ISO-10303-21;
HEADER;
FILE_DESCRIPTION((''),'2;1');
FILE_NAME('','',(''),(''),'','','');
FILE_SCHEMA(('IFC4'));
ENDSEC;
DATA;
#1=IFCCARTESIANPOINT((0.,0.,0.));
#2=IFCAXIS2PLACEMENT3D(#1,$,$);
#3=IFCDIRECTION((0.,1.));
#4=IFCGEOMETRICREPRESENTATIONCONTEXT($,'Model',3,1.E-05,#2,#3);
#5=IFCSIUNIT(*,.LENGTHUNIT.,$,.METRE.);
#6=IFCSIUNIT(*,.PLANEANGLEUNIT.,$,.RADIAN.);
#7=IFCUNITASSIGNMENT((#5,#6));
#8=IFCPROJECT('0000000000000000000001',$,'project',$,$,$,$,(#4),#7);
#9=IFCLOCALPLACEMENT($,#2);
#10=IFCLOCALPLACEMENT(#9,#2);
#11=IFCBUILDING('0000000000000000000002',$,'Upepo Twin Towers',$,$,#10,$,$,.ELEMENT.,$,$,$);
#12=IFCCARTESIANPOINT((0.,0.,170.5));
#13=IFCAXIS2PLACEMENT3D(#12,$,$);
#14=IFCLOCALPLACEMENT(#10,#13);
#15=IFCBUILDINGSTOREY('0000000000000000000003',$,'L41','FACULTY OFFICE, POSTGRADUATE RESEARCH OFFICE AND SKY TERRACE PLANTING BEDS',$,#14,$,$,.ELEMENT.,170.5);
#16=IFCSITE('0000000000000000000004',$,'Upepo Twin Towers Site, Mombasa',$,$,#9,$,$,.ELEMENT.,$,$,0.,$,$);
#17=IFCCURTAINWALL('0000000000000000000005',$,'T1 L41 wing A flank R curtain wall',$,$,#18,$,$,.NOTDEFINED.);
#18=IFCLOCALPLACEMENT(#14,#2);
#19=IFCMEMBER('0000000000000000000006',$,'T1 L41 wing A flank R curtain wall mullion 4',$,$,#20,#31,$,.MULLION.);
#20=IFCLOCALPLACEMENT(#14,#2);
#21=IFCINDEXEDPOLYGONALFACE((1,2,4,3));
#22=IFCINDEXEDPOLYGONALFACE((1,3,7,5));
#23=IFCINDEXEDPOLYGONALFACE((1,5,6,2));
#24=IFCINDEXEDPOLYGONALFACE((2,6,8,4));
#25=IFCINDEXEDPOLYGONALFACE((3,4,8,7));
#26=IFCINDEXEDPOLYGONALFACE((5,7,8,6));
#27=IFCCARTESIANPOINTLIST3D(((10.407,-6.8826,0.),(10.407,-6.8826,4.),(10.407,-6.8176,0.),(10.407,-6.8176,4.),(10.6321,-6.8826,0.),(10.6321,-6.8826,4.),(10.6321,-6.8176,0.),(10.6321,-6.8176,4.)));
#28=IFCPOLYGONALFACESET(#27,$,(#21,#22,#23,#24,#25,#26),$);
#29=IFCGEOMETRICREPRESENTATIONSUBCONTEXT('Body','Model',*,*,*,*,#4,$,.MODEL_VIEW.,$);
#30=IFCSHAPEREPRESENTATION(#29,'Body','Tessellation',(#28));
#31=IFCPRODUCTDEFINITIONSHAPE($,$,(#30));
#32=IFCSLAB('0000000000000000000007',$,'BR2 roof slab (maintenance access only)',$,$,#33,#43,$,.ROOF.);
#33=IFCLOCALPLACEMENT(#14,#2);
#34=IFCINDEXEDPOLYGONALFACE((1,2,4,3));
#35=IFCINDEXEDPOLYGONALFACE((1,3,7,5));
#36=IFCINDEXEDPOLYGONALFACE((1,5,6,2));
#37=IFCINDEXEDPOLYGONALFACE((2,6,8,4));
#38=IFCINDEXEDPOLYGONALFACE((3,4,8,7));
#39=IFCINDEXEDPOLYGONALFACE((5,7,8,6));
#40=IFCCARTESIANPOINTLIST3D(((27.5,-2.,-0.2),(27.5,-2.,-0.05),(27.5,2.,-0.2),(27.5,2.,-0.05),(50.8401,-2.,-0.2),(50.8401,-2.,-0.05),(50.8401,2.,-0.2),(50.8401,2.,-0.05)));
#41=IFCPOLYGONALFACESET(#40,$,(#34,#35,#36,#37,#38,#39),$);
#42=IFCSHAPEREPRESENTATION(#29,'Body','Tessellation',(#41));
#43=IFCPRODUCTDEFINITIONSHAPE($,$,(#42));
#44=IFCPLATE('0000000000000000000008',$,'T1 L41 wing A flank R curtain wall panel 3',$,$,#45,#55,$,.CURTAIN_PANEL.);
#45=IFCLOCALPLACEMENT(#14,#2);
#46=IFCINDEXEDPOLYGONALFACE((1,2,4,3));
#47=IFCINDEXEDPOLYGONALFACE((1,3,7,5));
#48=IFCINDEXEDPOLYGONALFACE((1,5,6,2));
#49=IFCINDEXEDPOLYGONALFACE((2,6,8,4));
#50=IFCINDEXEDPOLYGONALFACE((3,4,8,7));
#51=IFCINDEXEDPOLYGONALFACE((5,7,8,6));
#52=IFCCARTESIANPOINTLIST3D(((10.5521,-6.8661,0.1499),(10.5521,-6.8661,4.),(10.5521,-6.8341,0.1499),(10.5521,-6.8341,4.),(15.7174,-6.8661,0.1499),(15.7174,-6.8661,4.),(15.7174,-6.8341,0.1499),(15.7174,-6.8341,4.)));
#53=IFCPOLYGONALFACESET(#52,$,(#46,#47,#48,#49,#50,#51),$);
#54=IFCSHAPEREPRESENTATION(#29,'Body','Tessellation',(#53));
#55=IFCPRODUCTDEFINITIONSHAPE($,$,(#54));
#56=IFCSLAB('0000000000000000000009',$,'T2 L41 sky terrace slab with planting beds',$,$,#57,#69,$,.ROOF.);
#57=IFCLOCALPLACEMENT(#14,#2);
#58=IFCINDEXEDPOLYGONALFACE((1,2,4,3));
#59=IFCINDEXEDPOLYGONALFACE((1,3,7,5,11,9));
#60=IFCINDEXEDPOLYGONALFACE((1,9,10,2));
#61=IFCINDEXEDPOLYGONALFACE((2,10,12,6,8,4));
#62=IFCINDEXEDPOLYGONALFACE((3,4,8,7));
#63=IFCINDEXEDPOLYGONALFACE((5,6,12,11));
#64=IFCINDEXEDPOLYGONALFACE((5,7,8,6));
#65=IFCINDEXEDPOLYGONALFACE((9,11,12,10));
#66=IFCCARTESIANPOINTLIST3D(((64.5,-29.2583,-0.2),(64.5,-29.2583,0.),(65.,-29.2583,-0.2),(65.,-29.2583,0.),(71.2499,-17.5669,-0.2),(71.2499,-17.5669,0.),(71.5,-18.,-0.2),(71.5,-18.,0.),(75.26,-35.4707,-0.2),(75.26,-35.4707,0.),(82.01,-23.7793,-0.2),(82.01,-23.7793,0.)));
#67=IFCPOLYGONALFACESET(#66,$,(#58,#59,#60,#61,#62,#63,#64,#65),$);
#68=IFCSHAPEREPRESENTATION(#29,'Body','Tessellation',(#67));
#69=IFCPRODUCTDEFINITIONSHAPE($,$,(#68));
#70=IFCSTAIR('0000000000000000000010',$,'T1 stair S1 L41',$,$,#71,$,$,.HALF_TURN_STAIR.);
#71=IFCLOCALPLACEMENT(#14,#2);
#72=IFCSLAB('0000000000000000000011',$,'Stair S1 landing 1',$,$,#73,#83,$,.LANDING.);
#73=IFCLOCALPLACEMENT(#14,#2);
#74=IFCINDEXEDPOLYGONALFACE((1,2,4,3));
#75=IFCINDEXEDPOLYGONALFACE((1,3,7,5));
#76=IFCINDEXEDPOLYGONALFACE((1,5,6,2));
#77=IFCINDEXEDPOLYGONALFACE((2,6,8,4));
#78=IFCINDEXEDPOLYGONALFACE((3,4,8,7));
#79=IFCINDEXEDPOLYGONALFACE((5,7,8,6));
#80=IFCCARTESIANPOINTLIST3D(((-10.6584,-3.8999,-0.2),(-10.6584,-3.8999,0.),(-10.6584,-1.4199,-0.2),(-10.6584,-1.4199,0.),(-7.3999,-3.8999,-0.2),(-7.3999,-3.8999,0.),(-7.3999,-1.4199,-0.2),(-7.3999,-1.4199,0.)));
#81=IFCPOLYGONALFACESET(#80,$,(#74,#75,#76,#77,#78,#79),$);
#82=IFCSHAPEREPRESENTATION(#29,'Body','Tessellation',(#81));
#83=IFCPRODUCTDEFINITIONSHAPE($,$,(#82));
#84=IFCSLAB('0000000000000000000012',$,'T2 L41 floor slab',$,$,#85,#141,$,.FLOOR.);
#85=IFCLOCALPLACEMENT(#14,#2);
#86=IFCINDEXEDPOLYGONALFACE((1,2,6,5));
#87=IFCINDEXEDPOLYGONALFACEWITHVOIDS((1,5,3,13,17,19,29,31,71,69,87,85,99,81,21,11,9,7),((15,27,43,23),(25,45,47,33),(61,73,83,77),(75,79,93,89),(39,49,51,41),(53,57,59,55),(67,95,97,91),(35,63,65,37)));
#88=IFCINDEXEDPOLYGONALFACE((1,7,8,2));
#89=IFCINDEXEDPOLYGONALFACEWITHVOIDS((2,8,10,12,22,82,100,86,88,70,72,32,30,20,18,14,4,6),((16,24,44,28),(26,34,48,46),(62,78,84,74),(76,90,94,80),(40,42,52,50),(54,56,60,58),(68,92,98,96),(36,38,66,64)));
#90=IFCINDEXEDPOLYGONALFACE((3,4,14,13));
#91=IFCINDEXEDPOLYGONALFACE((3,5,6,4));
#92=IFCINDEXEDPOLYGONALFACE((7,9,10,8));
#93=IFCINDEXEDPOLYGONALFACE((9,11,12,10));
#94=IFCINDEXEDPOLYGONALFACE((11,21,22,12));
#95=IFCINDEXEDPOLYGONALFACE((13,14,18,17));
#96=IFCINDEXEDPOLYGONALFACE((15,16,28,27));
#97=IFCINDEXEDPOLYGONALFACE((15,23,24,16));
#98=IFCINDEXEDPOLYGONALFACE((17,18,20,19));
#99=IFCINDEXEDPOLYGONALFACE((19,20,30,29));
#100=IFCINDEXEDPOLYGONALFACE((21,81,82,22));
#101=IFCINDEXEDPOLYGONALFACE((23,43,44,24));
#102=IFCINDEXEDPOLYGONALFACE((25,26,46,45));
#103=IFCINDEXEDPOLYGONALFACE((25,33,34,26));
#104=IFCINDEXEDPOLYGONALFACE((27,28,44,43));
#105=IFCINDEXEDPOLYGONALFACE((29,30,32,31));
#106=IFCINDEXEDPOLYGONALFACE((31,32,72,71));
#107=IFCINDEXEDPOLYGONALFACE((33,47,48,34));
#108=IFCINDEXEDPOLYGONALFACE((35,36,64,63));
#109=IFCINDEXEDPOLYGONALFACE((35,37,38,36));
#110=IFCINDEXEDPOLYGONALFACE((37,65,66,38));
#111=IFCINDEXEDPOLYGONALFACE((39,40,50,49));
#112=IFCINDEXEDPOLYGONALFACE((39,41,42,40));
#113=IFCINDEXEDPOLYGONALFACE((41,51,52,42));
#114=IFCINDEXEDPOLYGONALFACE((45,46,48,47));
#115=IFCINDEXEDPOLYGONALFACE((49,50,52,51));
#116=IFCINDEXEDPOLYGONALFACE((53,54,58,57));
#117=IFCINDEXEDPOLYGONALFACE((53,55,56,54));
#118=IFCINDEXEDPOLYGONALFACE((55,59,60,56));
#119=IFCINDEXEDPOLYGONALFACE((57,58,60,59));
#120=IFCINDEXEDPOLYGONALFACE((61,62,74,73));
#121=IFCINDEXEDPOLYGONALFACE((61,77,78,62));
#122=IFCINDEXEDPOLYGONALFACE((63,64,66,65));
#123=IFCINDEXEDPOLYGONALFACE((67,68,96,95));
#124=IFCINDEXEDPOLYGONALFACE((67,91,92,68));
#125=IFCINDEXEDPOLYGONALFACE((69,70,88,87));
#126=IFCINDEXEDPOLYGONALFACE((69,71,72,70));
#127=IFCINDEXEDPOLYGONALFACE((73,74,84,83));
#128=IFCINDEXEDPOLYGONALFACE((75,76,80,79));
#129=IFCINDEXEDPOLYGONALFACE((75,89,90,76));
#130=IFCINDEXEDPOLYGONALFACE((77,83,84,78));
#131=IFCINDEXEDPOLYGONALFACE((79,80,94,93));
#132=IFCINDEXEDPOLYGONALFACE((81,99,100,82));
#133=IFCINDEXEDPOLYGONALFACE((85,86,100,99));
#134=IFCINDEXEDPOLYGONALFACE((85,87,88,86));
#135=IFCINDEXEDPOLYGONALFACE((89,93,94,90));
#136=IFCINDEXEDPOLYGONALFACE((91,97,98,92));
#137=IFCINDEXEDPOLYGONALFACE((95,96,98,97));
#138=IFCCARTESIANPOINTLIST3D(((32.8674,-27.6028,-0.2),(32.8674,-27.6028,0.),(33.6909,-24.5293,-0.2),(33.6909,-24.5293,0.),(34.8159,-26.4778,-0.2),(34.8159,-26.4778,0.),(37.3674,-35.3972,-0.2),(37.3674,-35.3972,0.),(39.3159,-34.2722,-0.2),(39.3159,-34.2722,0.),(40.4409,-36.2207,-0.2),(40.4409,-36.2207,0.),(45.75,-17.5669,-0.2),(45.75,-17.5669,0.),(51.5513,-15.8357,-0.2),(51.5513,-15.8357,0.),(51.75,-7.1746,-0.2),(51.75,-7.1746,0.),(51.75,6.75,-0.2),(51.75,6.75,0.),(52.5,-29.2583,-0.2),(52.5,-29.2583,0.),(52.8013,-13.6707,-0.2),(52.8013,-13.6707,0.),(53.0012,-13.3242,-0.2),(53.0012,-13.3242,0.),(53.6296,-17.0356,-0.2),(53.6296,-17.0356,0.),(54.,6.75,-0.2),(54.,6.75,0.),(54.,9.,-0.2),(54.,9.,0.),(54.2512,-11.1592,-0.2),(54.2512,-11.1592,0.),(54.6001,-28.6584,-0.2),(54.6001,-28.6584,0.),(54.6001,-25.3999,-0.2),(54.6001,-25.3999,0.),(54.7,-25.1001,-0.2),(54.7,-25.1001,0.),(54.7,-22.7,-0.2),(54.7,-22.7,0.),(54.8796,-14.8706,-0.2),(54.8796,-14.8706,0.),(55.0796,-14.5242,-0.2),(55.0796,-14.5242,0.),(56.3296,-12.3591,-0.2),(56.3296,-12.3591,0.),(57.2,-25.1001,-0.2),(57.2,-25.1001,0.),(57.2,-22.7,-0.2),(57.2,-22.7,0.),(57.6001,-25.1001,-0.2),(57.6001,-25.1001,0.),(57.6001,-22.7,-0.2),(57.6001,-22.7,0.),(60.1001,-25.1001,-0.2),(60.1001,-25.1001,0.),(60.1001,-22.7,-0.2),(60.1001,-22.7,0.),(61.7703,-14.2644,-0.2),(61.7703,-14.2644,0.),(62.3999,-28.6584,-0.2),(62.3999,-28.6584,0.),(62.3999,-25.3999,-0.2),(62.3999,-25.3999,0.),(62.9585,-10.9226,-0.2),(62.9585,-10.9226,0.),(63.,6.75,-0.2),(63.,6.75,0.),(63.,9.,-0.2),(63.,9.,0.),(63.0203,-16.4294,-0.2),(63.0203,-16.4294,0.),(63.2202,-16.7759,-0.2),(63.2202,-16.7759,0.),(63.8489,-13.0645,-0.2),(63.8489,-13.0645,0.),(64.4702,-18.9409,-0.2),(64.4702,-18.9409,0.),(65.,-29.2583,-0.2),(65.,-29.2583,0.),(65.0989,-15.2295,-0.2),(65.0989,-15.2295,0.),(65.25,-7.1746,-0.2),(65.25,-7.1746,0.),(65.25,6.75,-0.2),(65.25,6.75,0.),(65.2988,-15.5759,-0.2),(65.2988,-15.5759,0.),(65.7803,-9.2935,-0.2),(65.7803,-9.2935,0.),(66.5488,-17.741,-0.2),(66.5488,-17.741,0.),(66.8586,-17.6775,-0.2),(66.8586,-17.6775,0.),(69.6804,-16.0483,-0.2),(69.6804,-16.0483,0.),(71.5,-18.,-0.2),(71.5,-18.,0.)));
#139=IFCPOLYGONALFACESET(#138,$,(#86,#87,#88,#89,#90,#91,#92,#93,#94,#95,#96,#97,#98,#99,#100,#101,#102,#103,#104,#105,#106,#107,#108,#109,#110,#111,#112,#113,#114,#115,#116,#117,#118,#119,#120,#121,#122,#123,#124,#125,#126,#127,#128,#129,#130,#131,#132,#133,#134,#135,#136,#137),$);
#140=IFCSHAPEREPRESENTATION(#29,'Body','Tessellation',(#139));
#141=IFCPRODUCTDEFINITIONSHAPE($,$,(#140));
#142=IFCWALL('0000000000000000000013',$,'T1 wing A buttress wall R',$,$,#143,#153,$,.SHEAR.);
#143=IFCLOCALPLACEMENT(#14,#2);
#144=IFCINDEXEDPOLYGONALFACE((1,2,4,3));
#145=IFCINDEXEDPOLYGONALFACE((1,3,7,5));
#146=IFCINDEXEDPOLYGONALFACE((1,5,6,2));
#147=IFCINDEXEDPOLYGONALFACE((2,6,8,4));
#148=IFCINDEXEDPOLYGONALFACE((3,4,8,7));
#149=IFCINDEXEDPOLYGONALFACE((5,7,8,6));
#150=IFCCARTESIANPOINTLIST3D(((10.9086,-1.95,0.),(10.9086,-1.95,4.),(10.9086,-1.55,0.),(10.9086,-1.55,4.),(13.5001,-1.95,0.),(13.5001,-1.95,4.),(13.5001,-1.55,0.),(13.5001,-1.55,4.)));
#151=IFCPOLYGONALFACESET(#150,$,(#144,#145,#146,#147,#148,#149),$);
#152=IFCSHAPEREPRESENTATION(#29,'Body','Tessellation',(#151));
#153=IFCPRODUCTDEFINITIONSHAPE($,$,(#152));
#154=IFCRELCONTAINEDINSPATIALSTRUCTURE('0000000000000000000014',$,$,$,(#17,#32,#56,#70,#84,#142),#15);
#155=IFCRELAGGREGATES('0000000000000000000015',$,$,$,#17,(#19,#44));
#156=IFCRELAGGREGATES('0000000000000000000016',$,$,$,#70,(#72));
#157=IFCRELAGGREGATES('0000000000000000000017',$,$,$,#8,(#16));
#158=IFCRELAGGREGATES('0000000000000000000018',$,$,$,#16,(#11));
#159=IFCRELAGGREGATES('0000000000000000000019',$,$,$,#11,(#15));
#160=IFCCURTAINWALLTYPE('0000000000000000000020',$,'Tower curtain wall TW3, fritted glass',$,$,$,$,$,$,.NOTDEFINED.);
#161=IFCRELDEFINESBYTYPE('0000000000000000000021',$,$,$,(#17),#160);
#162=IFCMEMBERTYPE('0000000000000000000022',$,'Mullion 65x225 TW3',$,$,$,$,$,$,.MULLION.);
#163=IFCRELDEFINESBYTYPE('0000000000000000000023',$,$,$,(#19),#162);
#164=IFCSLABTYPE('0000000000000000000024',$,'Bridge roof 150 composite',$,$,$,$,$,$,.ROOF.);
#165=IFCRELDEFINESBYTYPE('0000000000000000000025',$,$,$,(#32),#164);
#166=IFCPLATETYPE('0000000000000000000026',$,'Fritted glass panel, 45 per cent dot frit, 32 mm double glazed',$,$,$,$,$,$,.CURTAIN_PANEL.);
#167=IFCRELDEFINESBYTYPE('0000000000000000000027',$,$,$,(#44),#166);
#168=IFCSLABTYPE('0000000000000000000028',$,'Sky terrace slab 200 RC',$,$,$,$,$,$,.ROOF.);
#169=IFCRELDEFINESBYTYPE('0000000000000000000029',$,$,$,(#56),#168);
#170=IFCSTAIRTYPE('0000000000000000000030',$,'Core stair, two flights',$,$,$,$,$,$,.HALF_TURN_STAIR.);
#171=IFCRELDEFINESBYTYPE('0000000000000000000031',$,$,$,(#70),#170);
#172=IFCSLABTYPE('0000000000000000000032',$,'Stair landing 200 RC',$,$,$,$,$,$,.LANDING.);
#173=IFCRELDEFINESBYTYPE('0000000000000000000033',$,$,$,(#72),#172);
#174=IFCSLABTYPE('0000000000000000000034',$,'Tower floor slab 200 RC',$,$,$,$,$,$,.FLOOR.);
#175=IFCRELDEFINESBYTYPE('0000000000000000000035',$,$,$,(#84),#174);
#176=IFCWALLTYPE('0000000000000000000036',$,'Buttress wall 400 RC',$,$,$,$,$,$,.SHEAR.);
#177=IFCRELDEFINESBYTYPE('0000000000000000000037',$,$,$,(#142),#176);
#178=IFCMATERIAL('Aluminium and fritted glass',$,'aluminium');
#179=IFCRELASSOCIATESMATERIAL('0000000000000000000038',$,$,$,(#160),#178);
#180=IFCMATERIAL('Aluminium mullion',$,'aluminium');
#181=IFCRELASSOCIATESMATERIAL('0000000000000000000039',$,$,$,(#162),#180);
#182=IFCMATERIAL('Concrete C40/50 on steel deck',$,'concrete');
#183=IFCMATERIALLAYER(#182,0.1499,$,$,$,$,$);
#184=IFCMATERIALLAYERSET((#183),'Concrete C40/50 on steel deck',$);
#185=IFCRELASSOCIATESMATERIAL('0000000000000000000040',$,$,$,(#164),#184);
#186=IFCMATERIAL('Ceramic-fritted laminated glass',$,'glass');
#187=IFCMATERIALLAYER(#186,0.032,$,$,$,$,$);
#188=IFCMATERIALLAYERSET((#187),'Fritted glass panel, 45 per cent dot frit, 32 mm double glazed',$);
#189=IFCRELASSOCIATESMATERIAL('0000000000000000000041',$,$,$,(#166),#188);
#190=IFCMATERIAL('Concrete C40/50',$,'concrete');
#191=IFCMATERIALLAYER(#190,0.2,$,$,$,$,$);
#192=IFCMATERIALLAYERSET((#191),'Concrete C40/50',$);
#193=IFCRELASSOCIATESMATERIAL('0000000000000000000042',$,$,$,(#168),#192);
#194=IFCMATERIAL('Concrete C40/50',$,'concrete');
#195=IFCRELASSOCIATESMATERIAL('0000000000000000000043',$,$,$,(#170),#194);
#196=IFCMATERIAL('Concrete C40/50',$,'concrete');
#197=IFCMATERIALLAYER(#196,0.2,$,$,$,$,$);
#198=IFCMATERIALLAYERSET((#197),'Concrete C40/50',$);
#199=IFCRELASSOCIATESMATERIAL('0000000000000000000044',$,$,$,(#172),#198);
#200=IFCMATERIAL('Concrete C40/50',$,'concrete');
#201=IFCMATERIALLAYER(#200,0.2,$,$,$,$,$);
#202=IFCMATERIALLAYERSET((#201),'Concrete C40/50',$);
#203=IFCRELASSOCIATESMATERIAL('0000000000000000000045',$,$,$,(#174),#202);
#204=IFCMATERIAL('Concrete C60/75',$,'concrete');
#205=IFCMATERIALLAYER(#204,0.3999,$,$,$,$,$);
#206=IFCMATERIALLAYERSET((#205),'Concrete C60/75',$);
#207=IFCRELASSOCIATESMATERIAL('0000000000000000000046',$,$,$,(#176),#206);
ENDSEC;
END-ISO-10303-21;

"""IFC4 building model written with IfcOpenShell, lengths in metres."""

from ifc_helpers import new_model, si_unit, direction, frame, frame_2d, origin, origin_2d, place, context, subcontext, project, spatial, polyline, rectangle, outline, extrude, material, layer, layer_set, material_profile, profile_set, type_object, element, aggregate, save


model = new_model("IFC4")

# Units and contexts
model_context = context("Model", 3, precision=1e-05, world=origin(), true_north=direction((0.0, 1.0)))
body_context = subcontext(model_context, "Body", "Model", "MODEL_VIEW")
ifc_project = project(units=[si_unit("LENGTHUNIT", "METRE"), si_unit("PLANEANGLEUNIT", "RADIAN")], contexts=[model_context])

# Site, building, storey
site_placement = place(None, origin())
site = spatial("IfcSite", under=ifc_project, at=site_placement, Name="Upepo Twin Towers Site, Mombasa", CompositionType="ELEMENT", RefElevation=0.0)
building_placement = place(site_placement, origin())
building = spatial("IfcBuilding", under=site, at=building_placement, Name="Upepo Twin Towers", CompositionType="ELEMENT")
storey_placement = place(building_placement, frame((0.0, 0.0, 170.5)))
storey = spatial("IfcBuildingStorey", under=building, at=storey_placement, Name="L41", Description="FACULTY OFFICE, POSTGRADUATE RESEARCH OFFICE AND SKY TERRACE PLANTING BEDS", CompositionType="ELEMENT", Elevation=170.5)

# Curtain wall, member
ifc_material_1 = material(Name="Aluminium and fritted glass", Category="aluminium")
curtain_wall_type = type_object("IfcCurtainWallType", Name="Tower curtain wall TW3, fritted glass", PredefinedType="NOTDEFINED", material=ifc_material_1)
curtain_wall_placement = place(storey_placement, origin())
curtain_wall = element("IfcCurtainWall", 1, at=curtain_wall_placement, inside=storey, type_object=curtain_wall_type, Name="T1 L41 wing A flank R curtain wall", PredefinedType="NOTDEFINED")
ifc_material_2 = material(Name="Aluminium mullion", Category="aluminium")
ifc_material_profile = material_profile(ifc_material_2, rectangle(XDim=0.0649, YDim=0.2251, at=origin_2d()), Name="MULLION 65x225")
ifc_profile_set = profile_set([ifc_material_profile], Name="Aluminium mullion")
member_type = type_object("IfcMemberType", Name="Mullion 65x225 TW3", PredefinedType="MULLION", material=ifc_profile_set)
member_placement = place(storey_placement, frame((10.5195, -6.8501, 0.0), z_axis=(0.0, 0.0, 1.0), x_axis=(0.0, -1.0, 0.0)))
member = element("IfcMember", 2, at=member_placement, type_object=member_type, Name="T1 L41 wing A flank R curtain wall mullion 4", PredefinedType="MULLION", context=body_context, shape_type="SweptSolid", body=[
    extrude(rectangle(XDim=0.0649, YDim=0.2251, at=origin_2d()), origin(), (0.0, 0.0, 1.0), 4.0),
])

# Slab
ifc_material_3 = material(Name="Concrete C40/50 on steel deck", Category="concrete")
ifc_layer_1 = layer(ifc_material_3, 0.1499)
ifc_layer_set_1 = layer_set([ifc_layer_1], Name="Concrete C40/50 on steel deck")
slab_type_1 = type_object("IfcSlabType", Name="Bridge roof 150 composite", PredefinedType="ROOF", material=ifc_layer_set_1)
slab_1_placement = place(storey_placement, frame((0.0, 0.0, -0.2)))
element("IfcSlab", 3, at=slab_1_placement, inside=storey, type_object=slab_type_1, Name="BR2 roof slab (maintenance access only)", PredefinedType="ROOF", context=body_context, shape_type="SweptSolid", body=[
    extrude(outline(polyline([(27.5, -2.0), (50.8401, -2.0), (50.8401, 2.0), (27.5, 2.0), (27.5, -2.0)])), origin(), (0.0, 0.0, 1.0), 0.1499),
])

# Plate
ifc_material_4 = material(Name="Ceramic-fritted laminated glass", Category="glass")
ifc_layer_2 = layer(ifc_material_4, 0.032)
ifc_layer_set_2 = layer_set([ifc_layer_2], Name="Fritted glass panel, 45 per cent dot frit, 32 mm double glazed")
plate_type = type_object("IfcPlateType", Name="Fritted glass panel, 45 per cent dot frit, 32 mm double glazed", PredefinedType="CURTAIN_PANEL", material=ifc_layer_set_2)
plate_placement = place(storey_placement, frame((13.1348, -6.8501, 0.1499), z_axis=(0.0, 0.0, 1.0), x_axis=(-1.0, 0.0, 0.0)))
plate = element("IfcPlate", 4, at=plate_placement, type_object=plate_type, Name="T1 L41 wing A flank R curtain wall panel 3", PredefinedType="CURTAIN_PANEL", context=body_context, shape_type="SweptSolid", body=[
    extrude(rectangle(XDim=5.1653, YDim=0.032, at=origin_2d()), origin(), (0.0, 0.0, 1.0), 3.8501),
])
aggregate(curtain_wall, [member, plate])

# Slab
ifc_material_5 = material(Name="Concrete C40/50", Category="concrete")
ifc_layer_3 = layer(ifc_material_5, 0.2)
ifc_layer_set_3 = layer_set([ifc_layer_3], Name="Concrete C40/50")
slab_type_2 = type_object("IfcSlabType", Name="Sky terrace slab 200 RC", PredefinedType="ROOF", material=ifc_layer_set_3)
slab_2_placement = place(storey_placement, frame((0.0, 0.0, -0.2)))
element("IfcSlab", 5, at=slab_2_placement, inside=storey, type_object=slab_type_2, Name="T2 L41 sky terrace slab with planting beds", PredefinedType="ROOF", context=body_context, shape_type="SweptSolid", body=[
    extrude(outline(polyline([(64.5, -29.2583), (65.0, -29.2583), (71.5, -18.0), (65.25, -7.1746), (71.25, -17.5669), (82.01, -23.7793), (75.26, -35.4707), (64.5, -29.2583)])), origin(), (0.0, 0.0, 1.0), 0.2),
])

# Stair, slab
ifc_material_6 = material(Name="Concrete C40/50", Category="concrete")
stair_type = type_object("IfcStairType", Name="Core stair, two flights", PredefinedType="HALF_TURN_STAIR", material=ifc_material_6)
stair_1_placement = place(storey_placement, origin())
stair_1 = element("IfcStair", 6, at=stair_1_placement, inside=storey, type_object=stair_type, Name="T1 stair S1 L41", PredefinedType="HALF_TURN_STAIR")
ifc_material_7 = material(Name="Concrete C40/50", Category="concrete")
ifc_layer_4 = layer(ifc_material_7, 0.2)
ifc_layer_set_4 = layer_set([ifc_layer_4], Name="Concrete C40/50")
slab_type_3 = type_object("IfcSlabType", Name="Stair landing 200 RC", PredefinedType="LANDING", material=ifc_layer_set_4)
slab_3_placement = place(storey_placement, frame((0.0, 0.0, -0.2)))
slab_3 = element("IfcSlab", 7, at=slab_3_placement, type_object=slab_type_3, Name="Stair S1 landing 1", PredefinedType="LANDING", context=body_context, shape_type="SweptSolid", body=[
    extrude(outline(polyline([(-7.3999, -1.4199), (-10.6584, -1.4199), (-10.6584, -3.8999), (-7.3999, -3.8999), (-7.3999, -1.4199)])), origin(), (0.0, 0.0, 1.0), 0.2),
])
aggregate(stair_1, [slab_3])

# Slab
ifc_material_8 = material(Name="Concrete C40/50", Category="concrete")
ifc_layer_5 = layer(ifc_material_8, 0.2)
ifc_layer_set_5 = layer_set([ifc_layer_5], Name="Concrete C40/50")
slab_type_4 = type_object("IfcSlabType", Name="Tower floor slab 200 RC", PredefinedType="FLOOR", material=ifc_layer_set_5)
slab_4_placement = place(storey_placement, frame((0.0, 0.0, -0.2)))
element("IfcSlab", 8, at=slab_4_placement, inside=storey, type_object=slab_type_4, Name="T2 L41 floor slab", PredefinedType="FLOOR", context=body_context, shape_type="SweptSolid", body=[
    extrude(outline(polyline([(51.75, -7.1746), (51.75, 6.75), (54.0, 6.75), (54.0, 9.0), (63.0, 9.0), (63.0, 6.75), (65.25, 6.75), (65.25, -7.1746), (71.5, -18.0), (65.0, -29.2583), (52.5, -29.2583), (40.4409, -36.2207), (39.3159, -34.2722), (37.3674, -35.3972), (32.8674, -27.6028), (34.8159, -26.4778), (33.6909, -24.5293), (45.75, -17.5669), (51.75, -7.1746)]), holes=[polyline([(56.3296, -12.3591), (54.2512, -11.1592), (53.0012, -13.3242), (55.0796, -14.5242), (56.3296, -12.3591)]), polyline([(54.8796, -14.8706), (52.8013, -13.6707), (51.5513, -15.8357), (53.6296, -17.0356), (54.8796, -14.8706)]), polyline([(54.7, -22.7), (54.7, -25.1001), (57.2, -25.1001), (57.2, -22.7), (54.7, -22.7)]), polyline([(57.6001, -22.7), (57.6001, -25.1001), (60.1001, -25.1001), (60.1001, -22.7), (57.6001, -22.7)]), polyline([(54.6001, -25.3999), (54.6001, -28.6584), (62.3999, -28.6584), (62.3999, -25.3999), (54.6001, -25.3999)]), polyline([(64.4702, -18.9409), (66.5488, -17.741), (65.2988, -15.5759), (63.2202, -16.7759), (64.4702, -18.9409)]), polyline([(63.0203, -16.4294), (65.0989, -15.2295), (63.8489, -13.0645), (61.7703, -14.2644), (63.0203, -16.4294)]), polyline([(66.8586, -17.6775), (69.6804, -16.0483), (65.7803, -9.2935), (62.9585, -10.9226), (66.8586, -17.6775)])]), origin(), (0.0, 0.0, 1.0), 0.2),
])

# Wall
ifc_material_9 = material(Name="Concrete C60/75", Category="concrete")
ifc_layer_6 = layer(ifc_material_9, 0.3999)
ifc_layer_set_6 = layer_set([ifc_layer_6], Name="Concrete C60/75")
wall_type_1 = type_object("IfcWallType", Name="Buttress wall 400 RC", PredefinedType="SHEAR", material=ifc_layer_set_6)
wall_1_placement = place(storey_placement, frame((10.9084, -1.75, 0.0), z_axis=(0.0, 0.0, 1.0), x_axis=(1.0, 0.0, 0.0)))
element("IfcWall", 9, at=wall_1_placement, inside=storey, type_object=wall_type_1, Name="T1 wing A buttress wall R", PredefinedType="SHEAR", context=body_context, shape_type="SweptSolid", body=[
    extrude(rectangle(XDim=2.5916, YDim=0.3999, at=frame_2d((1.2959, 0.0))), origin(), (0.0, 0.0, 1.0), 4.0),
])

save(model, "model.ifc")
